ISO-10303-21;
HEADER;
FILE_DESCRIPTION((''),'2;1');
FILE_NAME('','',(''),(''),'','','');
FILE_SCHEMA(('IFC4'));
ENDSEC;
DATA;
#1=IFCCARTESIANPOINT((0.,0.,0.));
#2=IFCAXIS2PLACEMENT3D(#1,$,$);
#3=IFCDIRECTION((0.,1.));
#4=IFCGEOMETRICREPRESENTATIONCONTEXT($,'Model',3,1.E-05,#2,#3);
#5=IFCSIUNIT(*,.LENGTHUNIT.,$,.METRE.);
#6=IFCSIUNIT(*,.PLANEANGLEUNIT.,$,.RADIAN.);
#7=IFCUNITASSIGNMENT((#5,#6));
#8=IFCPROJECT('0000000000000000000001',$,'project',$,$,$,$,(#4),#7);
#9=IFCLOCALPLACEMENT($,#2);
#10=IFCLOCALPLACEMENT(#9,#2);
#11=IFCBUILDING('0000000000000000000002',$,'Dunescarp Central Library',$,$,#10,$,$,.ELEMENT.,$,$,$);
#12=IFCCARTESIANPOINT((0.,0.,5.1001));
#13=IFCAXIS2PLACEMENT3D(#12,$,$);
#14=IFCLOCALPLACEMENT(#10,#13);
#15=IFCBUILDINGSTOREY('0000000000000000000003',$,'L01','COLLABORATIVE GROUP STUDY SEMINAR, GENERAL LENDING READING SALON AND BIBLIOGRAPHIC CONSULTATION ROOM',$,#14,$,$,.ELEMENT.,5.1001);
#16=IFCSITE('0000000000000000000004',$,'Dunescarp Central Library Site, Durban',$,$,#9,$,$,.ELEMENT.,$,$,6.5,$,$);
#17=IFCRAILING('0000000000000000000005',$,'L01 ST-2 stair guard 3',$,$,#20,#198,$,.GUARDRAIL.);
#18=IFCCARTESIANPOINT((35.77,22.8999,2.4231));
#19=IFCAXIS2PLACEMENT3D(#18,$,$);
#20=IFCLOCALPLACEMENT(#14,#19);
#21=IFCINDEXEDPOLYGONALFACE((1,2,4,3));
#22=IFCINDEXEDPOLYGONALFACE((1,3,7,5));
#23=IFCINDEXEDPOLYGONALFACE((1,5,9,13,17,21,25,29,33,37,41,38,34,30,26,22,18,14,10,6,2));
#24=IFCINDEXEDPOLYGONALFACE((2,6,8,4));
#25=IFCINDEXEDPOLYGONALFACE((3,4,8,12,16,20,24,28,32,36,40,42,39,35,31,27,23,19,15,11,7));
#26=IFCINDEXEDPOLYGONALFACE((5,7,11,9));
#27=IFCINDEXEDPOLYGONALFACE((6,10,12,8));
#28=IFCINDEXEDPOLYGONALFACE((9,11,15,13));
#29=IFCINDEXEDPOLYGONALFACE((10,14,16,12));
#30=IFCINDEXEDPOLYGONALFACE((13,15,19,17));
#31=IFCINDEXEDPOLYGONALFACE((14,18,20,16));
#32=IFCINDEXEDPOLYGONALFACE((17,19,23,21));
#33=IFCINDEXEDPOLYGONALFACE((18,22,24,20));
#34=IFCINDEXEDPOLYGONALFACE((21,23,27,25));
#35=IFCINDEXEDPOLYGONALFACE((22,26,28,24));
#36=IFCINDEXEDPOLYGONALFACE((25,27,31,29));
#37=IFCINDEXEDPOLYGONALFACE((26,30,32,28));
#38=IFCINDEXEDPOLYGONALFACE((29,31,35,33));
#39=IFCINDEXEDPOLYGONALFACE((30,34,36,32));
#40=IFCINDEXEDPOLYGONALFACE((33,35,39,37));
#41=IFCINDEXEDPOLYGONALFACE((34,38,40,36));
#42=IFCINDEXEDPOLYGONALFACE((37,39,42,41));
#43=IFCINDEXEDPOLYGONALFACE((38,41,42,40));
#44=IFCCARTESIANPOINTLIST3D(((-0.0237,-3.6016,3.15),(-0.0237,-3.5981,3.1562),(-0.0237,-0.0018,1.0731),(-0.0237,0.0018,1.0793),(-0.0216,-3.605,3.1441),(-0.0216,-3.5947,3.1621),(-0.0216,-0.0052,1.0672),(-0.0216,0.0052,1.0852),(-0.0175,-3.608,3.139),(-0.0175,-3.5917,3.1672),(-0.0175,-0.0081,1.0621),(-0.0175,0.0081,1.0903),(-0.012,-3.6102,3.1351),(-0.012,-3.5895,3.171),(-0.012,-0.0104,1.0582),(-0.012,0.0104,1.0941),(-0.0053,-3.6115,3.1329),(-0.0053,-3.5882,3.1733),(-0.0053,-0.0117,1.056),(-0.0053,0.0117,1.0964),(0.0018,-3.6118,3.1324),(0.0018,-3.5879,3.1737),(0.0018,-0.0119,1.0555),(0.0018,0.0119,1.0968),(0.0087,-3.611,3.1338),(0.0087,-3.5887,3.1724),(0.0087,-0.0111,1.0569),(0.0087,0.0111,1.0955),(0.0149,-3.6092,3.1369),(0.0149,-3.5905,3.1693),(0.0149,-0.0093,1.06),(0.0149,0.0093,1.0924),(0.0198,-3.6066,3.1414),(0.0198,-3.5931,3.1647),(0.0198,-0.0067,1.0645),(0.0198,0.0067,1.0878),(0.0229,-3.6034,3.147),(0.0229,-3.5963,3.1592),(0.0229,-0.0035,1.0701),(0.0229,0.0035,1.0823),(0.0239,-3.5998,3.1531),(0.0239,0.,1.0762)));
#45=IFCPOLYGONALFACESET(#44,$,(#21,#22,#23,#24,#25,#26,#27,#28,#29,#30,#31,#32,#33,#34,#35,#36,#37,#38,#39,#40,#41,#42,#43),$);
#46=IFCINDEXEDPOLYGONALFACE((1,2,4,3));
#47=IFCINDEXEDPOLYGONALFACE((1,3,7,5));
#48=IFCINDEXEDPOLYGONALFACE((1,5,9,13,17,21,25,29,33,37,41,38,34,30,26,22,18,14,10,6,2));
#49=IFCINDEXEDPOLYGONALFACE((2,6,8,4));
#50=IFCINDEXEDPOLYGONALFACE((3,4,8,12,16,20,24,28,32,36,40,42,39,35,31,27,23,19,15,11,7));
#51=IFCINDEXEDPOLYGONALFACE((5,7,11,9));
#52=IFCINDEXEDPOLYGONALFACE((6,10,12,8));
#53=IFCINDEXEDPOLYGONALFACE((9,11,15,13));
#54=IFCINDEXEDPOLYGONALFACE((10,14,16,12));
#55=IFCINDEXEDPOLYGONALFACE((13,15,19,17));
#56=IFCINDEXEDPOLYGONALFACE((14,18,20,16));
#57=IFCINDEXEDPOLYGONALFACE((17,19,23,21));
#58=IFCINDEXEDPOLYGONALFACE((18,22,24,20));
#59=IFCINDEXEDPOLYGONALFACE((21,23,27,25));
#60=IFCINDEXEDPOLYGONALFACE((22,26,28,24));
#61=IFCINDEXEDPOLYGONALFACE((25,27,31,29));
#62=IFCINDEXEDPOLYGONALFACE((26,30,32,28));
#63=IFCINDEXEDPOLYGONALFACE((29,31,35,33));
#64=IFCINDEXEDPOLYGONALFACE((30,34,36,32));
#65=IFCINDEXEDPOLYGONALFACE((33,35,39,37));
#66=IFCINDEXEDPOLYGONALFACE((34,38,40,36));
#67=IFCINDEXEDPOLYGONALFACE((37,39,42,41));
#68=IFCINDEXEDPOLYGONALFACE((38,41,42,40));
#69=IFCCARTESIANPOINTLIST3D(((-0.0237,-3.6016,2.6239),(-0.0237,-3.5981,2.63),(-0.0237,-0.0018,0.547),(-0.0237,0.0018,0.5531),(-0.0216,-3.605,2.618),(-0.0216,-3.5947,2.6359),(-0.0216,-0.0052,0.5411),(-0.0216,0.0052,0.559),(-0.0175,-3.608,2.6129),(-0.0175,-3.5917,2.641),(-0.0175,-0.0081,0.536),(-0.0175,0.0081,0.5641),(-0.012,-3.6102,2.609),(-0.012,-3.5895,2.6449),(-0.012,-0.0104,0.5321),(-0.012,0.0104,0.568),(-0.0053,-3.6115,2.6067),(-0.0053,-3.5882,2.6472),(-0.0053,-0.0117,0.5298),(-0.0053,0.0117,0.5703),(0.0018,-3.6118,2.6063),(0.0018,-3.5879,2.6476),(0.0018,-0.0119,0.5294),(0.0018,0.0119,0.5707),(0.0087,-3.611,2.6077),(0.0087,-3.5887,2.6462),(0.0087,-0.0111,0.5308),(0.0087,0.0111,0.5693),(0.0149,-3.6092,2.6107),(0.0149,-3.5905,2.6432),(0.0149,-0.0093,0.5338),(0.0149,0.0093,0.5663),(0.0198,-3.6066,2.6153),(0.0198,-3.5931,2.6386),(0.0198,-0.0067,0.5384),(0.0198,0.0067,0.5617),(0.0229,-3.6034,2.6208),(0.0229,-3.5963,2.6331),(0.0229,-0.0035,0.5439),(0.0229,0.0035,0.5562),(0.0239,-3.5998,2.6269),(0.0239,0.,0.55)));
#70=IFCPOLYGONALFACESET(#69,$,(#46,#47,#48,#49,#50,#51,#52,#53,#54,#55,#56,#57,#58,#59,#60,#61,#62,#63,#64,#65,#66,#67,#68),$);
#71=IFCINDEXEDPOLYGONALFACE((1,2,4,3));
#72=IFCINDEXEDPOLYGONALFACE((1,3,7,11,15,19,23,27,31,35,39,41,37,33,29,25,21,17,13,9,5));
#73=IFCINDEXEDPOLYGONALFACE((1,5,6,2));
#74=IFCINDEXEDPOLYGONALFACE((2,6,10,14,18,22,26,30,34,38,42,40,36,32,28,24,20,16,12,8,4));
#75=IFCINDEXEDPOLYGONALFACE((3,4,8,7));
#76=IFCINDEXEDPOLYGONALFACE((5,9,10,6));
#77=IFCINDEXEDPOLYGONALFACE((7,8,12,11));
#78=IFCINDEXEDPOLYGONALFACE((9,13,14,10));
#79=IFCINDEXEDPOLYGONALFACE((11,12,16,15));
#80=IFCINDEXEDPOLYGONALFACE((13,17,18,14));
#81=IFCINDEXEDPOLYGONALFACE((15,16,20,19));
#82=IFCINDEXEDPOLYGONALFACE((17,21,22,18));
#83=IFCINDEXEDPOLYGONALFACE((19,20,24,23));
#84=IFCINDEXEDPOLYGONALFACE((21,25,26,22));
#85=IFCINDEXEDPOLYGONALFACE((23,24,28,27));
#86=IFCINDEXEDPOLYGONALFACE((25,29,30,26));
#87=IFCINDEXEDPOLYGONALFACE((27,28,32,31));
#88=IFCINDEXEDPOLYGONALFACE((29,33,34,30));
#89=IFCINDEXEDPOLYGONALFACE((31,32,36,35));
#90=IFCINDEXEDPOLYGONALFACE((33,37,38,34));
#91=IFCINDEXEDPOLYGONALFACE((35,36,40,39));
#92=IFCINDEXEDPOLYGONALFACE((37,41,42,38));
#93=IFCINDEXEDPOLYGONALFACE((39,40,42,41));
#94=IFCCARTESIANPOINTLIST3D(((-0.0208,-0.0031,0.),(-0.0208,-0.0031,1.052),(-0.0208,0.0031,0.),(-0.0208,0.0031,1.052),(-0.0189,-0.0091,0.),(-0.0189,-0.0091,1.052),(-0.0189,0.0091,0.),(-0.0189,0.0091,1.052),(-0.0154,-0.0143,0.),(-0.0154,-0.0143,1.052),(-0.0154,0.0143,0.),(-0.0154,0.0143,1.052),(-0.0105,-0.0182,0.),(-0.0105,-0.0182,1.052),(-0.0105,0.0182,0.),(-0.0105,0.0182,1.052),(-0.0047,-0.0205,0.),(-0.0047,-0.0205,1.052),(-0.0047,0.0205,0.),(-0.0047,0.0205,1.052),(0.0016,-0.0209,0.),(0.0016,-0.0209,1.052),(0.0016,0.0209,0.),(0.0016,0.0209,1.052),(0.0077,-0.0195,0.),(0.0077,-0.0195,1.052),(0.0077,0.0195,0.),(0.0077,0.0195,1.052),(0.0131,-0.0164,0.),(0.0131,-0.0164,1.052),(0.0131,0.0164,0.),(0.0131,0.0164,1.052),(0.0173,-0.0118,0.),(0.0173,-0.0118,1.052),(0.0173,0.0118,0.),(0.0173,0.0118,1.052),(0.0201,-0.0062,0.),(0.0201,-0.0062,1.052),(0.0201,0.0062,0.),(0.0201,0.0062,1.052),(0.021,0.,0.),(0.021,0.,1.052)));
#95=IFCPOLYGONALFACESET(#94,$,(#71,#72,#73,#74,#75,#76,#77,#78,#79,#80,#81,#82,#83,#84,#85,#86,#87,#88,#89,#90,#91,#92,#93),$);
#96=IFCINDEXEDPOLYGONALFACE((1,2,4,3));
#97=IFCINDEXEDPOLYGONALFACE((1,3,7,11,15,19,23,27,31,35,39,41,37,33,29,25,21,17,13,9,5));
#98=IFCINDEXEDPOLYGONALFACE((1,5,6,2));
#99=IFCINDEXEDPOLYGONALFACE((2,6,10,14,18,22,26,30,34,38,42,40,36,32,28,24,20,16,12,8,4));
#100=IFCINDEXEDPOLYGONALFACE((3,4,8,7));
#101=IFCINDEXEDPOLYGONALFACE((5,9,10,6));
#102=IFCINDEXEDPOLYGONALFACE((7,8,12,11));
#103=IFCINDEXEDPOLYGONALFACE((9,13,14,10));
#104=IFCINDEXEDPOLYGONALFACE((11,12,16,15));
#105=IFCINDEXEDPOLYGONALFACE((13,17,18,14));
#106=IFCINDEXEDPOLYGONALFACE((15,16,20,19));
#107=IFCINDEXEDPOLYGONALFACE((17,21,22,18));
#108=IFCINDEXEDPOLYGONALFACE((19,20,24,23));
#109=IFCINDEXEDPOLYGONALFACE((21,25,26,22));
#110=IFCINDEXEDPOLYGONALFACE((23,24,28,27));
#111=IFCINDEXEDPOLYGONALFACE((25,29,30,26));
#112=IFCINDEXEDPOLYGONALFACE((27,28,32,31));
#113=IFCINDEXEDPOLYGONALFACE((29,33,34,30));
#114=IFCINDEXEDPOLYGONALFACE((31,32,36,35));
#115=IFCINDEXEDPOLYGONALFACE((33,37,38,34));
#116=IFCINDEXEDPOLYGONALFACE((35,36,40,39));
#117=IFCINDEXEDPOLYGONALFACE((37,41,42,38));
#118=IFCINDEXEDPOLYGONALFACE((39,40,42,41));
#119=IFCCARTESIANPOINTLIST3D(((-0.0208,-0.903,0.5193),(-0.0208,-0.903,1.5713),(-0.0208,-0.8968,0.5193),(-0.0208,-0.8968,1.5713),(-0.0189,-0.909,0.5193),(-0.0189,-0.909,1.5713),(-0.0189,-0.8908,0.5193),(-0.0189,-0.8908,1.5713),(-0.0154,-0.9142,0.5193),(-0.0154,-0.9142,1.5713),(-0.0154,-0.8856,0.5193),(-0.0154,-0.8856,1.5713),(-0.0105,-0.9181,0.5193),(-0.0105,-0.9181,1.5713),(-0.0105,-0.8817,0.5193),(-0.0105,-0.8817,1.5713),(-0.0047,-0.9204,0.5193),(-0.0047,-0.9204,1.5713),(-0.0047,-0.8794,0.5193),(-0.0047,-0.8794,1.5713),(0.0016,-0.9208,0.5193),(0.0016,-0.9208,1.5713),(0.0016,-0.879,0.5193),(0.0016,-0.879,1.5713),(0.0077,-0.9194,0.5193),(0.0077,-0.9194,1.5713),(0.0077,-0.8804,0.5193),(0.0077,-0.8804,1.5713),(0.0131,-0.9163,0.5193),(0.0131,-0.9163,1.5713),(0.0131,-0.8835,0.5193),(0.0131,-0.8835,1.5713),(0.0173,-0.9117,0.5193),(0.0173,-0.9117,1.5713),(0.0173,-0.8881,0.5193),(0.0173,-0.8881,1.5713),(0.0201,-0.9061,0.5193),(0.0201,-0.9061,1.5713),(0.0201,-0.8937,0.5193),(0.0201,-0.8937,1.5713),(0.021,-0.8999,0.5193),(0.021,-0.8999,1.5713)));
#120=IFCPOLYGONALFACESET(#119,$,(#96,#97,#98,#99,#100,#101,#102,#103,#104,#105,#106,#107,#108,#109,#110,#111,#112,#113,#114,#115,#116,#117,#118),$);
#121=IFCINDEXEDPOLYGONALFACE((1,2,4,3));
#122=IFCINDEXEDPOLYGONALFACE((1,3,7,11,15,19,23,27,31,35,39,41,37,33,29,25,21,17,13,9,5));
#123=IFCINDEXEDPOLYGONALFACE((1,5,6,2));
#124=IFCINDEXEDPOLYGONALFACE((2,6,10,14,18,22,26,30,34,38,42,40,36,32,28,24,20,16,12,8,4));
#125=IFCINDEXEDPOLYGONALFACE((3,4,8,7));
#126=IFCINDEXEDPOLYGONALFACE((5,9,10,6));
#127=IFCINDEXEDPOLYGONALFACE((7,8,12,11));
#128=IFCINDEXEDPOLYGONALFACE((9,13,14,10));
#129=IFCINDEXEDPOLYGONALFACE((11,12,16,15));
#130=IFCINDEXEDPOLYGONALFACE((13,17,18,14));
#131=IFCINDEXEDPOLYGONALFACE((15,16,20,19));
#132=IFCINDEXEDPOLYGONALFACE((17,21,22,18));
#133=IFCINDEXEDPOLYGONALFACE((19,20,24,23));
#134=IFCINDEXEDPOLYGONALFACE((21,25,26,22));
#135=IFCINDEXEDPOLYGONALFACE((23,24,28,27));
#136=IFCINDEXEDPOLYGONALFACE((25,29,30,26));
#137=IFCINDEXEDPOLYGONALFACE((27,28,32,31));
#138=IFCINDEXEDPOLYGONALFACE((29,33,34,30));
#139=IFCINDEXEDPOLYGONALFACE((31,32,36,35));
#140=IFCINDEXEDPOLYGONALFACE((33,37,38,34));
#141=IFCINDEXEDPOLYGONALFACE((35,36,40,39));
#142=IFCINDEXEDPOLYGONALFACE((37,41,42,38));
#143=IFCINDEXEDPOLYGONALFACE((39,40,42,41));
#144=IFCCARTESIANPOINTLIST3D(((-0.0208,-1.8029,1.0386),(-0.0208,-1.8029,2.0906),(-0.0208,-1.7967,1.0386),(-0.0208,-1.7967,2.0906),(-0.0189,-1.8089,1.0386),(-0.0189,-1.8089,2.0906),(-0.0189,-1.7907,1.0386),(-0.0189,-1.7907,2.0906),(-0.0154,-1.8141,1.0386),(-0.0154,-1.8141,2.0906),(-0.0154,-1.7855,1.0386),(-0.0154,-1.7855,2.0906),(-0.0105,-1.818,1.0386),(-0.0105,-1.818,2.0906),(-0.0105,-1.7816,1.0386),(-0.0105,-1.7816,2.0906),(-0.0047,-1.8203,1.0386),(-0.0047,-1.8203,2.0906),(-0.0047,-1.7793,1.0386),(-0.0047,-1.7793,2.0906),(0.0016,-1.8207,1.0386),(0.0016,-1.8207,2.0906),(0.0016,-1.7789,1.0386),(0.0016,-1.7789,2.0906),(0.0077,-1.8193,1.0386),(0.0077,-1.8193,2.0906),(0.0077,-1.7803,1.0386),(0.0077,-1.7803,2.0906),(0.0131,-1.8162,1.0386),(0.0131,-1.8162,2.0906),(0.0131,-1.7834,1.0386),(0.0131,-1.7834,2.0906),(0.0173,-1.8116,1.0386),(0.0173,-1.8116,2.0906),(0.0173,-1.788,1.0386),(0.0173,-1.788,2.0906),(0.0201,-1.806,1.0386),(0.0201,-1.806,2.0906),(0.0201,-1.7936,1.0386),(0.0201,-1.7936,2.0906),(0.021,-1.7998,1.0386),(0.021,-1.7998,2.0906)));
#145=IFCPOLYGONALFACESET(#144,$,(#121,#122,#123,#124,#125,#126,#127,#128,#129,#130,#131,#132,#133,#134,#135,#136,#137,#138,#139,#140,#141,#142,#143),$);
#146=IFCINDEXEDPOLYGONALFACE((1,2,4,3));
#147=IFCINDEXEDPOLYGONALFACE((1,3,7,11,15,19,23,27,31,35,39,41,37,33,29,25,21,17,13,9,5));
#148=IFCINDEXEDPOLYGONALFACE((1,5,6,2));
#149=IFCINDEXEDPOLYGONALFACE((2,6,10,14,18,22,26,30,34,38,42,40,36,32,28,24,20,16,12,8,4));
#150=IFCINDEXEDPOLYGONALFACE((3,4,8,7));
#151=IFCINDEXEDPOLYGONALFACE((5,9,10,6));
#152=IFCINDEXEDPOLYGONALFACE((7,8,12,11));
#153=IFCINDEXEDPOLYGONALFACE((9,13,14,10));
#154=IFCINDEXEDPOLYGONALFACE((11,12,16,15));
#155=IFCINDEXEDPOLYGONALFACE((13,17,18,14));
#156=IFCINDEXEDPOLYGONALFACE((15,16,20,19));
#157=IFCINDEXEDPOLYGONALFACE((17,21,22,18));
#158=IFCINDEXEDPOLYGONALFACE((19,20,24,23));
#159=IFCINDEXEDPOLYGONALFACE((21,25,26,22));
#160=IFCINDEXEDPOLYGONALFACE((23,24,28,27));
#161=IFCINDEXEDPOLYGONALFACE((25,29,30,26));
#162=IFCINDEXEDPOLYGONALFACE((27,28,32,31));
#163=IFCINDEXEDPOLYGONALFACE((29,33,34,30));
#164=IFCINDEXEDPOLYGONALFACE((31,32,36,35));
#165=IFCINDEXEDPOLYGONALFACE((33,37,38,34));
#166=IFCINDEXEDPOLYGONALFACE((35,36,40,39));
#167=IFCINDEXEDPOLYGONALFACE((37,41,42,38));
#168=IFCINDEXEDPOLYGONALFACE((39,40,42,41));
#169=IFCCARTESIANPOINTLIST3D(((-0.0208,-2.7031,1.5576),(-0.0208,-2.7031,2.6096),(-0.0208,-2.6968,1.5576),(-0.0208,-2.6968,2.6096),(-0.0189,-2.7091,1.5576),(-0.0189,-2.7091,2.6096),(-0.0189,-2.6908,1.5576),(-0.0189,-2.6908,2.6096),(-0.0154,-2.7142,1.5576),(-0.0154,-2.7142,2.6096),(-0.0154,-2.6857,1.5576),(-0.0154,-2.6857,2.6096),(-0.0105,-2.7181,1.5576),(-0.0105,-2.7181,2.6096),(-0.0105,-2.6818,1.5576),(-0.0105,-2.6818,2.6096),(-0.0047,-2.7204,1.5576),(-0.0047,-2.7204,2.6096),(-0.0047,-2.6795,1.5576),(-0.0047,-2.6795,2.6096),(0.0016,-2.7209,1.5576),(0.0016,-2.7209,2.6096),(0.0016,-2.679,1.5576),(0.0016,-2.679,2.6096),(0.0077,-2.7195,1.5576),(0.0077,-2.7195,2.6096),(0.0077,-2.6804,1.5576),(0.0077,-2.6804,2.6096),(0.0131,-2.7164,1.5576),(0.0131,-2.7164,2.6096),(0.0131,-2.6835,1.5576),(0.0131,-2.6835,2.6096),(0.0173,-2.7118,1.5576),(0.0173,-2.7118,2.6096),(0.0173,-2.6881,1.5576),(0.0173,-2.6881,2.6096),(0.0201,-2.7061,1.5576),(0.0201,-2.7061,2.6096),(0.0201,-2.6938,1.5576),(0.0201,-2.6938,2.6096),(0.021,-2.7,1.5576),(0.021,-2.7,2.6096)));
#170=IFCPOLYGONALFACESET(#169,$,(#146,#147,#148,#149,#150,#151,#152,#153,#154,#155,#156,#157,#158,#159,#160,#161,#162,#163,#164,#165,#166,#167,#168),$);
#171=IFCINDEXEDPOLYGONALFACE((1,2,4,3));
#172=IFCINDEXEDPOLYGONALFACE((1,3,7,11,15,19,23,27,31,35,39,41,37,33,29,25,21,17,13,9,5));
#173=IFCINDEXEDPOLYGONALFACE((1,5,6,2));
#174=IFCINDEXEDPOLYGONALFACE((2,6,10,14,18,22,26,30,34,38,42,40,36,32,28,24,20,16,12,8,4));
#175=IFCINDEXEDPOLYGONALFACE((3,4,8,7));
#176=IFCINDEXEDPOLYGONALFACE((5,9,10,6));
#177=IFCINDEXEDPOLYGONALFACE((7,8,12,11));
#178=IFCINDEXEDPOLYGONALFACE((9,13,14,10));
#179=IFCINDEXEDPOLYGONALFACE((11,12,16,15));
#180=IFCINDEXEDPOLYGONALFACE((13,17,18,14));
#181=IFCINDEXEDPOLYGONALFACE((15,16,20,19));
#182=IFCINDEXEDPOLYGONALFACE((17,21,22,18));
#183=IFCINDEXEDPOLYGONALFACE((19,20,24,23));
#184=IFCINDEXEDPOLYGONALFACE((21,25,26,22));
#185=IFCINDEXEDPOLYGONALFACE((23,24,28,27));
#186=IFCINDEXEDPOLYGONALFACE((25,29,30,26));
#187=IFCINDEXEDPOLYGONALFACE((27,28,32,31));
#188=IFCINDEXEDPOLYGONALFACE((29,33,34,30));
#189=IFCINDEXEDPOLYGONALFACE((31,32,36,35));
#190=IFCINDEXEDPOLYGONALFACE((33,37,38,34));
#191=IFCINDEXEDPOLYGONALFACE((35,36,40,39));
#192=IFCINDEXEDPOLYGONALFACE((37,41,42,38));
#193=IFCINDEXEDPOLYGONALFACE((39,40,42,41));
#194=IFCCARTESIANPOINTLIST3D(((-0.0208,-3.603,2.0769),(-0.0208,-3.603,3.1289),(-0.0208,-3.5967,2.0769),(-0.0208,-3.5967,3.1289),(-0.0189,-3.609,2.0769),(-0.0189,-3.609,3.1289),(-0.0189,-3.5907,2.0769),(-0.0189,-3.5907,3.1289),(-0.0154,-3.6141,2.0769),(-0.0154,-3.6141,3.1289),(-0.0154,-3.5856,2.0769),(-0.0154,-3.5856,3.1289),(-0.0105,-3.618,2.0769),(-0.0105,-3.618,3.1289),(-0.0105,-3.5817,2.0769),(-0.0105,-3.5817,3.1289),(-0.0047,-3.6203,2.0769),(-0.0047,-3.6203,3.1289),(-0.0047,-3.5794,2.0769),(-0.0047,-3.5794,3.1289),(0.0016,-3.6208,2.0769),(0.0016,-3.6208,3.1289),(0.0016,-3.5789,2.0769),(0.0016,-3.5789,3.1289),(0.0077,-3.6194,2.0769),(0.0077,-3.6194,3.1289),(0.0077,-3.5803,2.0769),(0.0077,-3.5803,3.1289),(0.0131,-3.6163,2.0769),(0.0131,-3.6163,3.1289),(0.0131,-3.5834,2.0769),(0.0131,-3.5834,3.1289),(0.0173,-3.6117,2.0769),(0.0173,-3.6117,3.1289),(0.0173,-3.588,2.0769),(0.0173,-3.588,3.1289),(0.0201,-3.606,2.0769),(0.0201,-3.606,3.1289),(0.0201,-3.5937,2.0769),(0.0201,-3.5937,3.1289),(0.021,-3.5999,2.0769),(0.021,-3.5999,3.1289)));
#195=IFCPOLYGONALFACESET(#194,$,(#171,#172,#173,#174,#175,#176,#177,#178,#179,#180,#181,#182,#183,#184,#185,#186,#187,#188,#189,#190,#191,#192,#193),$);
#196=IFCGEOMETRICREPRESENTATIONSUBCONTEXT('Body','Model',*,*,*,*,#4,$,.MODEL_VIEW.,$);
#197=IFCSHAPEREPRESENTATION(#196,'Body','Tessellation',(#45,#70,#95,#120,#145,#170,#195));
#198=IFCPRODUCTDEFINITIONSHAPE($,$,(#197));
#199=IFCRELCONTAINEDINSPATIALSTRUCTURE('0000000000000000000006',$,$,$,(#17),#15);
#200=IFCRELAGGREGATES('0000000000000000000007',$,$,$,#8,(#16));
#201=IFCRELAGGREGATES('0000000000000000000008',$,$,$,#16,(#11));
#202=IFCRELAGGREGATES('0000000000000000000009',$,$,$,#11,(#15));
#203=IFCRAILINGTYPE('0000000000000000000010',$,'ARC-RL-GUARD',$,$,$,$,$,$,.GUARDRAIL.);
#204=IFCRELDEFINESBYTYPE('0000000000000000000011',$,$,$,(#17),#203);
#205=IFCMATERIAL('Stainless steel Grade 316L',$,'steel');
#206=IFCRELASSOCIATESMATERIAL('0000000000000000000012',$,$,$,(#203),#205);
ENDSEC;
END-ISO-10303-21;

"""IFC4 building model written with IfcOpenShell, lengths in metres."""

from ifc_helpers import new_model, si_unit, direction, frame, origin, origin_2d, place, context, subcontext, project, spatial, circle, extrude, material, type_object, element, save


model = new_model("IFC4")

# Units and contexts
model_context = context("Model", 3, precision=1e-05, world=origin(), true_north=direction((0.0, 1.0)))
body_context = subcontext(model_context, "Body", "Model", "MODEL_VIEW")
ifc_project = project(units=[si_unit("LENGTHUNIT", "METRE"), si_unit("PLANEANGLEUNIT", "RADIAN")], contexts=[model_context])

# Site, building, storey
site_placement = place(None, origin())
site = spatial("IfcSite", under=ifc_project, at=site_placement, Name="Dunescarp Central Library Site, Durban", CompositionType="ELEMENT", RefElevation=6.5)
building_placement = place(site_placement, origin())
building = spatial("IfcBuilding", under=site, at=building_placement, Name="Dunescarp Central Library", CompositionType="ELEMENT")
storey_placement = place(building_placement, frame((0.0, 0.0, 5.1001)))
storey = spatial("IfcBuildingStorey", under=building, at=storey_placement, Name="L01", Description="COLLABORATIVE GROUP STUDY SEMINAR, GENERAL LENDING READING SALON AND BIBLIOGRAPHIC CONSULTATION ROOM", CompositionType="ELEMENT", Elevation=5.1001)

# Railing
ifc_material_1 = material(Name="Stainless steel Grade 316L", Category="steel")
railing_type_1 = type_object("IfcRailingType", Name="ARC-RL-GUARD", PredefinedType="GUARDRAIL", material=ifc_material_1)
railing_1_placement = place(storey_placement, frame((35.77, 22.8999, 2.4231)))
element("IfcRailing", 1, at=railing_1_placement, inside=storey, type_object=railing_type_1, Name="L01 ST-2 stair guard 3", PredefinedType="GUARDRAIL", context=body_context, shape_type="SweptSolid", body=[
    extrude(circle(Radius=0.0239, at=origin_2d()), frame((0.0, 0.0, 1.0762), z_axis=(0.0, -0.866179, 0.499734), x_axis=(1.0, 0.0, 0.0)), (0.0, 0.0, 1.0), 4.156),
    extrude(circle(Radius=0.0239, at=origin_2d()), frame((0.0, 0.0, 0.55), z_axis=(0.0, -0.866179, 0.499734), x_axis=(1.0, 0.0, 0.0)), (0.0, 0.0, 1.0), 4.156),
    extrude(circle(Radius=0.021, at=origin_2d()), origin(), (0.0, 0.0, 1.0), 1.052),
    extrude(circle(Radius=0.021, at=origin_2d()), frame((0.0, -0.8999, 0.5193)), (0.0, 0.0, 1.0), 1.052),
    extrude(circle(Radius=0.021, at=origin_2d()), frame((0.0, -1.7998, 1.0386)), (0.0, 0.0, 1.0), 1.052),
    extrude(circle(Radius=0.021, at=origin_2d()), frame((0.0, -2.7, 1.5576)), (0.0, 0.0, 1.0), 1.052),
    extrude(circle(Radius=0.021, at=origin_2d()), frame((0.0, -3.5999, 2.0769)), (0.0, 0.0, 1.0), 1.052),
])

save(model, "model.ifc")
